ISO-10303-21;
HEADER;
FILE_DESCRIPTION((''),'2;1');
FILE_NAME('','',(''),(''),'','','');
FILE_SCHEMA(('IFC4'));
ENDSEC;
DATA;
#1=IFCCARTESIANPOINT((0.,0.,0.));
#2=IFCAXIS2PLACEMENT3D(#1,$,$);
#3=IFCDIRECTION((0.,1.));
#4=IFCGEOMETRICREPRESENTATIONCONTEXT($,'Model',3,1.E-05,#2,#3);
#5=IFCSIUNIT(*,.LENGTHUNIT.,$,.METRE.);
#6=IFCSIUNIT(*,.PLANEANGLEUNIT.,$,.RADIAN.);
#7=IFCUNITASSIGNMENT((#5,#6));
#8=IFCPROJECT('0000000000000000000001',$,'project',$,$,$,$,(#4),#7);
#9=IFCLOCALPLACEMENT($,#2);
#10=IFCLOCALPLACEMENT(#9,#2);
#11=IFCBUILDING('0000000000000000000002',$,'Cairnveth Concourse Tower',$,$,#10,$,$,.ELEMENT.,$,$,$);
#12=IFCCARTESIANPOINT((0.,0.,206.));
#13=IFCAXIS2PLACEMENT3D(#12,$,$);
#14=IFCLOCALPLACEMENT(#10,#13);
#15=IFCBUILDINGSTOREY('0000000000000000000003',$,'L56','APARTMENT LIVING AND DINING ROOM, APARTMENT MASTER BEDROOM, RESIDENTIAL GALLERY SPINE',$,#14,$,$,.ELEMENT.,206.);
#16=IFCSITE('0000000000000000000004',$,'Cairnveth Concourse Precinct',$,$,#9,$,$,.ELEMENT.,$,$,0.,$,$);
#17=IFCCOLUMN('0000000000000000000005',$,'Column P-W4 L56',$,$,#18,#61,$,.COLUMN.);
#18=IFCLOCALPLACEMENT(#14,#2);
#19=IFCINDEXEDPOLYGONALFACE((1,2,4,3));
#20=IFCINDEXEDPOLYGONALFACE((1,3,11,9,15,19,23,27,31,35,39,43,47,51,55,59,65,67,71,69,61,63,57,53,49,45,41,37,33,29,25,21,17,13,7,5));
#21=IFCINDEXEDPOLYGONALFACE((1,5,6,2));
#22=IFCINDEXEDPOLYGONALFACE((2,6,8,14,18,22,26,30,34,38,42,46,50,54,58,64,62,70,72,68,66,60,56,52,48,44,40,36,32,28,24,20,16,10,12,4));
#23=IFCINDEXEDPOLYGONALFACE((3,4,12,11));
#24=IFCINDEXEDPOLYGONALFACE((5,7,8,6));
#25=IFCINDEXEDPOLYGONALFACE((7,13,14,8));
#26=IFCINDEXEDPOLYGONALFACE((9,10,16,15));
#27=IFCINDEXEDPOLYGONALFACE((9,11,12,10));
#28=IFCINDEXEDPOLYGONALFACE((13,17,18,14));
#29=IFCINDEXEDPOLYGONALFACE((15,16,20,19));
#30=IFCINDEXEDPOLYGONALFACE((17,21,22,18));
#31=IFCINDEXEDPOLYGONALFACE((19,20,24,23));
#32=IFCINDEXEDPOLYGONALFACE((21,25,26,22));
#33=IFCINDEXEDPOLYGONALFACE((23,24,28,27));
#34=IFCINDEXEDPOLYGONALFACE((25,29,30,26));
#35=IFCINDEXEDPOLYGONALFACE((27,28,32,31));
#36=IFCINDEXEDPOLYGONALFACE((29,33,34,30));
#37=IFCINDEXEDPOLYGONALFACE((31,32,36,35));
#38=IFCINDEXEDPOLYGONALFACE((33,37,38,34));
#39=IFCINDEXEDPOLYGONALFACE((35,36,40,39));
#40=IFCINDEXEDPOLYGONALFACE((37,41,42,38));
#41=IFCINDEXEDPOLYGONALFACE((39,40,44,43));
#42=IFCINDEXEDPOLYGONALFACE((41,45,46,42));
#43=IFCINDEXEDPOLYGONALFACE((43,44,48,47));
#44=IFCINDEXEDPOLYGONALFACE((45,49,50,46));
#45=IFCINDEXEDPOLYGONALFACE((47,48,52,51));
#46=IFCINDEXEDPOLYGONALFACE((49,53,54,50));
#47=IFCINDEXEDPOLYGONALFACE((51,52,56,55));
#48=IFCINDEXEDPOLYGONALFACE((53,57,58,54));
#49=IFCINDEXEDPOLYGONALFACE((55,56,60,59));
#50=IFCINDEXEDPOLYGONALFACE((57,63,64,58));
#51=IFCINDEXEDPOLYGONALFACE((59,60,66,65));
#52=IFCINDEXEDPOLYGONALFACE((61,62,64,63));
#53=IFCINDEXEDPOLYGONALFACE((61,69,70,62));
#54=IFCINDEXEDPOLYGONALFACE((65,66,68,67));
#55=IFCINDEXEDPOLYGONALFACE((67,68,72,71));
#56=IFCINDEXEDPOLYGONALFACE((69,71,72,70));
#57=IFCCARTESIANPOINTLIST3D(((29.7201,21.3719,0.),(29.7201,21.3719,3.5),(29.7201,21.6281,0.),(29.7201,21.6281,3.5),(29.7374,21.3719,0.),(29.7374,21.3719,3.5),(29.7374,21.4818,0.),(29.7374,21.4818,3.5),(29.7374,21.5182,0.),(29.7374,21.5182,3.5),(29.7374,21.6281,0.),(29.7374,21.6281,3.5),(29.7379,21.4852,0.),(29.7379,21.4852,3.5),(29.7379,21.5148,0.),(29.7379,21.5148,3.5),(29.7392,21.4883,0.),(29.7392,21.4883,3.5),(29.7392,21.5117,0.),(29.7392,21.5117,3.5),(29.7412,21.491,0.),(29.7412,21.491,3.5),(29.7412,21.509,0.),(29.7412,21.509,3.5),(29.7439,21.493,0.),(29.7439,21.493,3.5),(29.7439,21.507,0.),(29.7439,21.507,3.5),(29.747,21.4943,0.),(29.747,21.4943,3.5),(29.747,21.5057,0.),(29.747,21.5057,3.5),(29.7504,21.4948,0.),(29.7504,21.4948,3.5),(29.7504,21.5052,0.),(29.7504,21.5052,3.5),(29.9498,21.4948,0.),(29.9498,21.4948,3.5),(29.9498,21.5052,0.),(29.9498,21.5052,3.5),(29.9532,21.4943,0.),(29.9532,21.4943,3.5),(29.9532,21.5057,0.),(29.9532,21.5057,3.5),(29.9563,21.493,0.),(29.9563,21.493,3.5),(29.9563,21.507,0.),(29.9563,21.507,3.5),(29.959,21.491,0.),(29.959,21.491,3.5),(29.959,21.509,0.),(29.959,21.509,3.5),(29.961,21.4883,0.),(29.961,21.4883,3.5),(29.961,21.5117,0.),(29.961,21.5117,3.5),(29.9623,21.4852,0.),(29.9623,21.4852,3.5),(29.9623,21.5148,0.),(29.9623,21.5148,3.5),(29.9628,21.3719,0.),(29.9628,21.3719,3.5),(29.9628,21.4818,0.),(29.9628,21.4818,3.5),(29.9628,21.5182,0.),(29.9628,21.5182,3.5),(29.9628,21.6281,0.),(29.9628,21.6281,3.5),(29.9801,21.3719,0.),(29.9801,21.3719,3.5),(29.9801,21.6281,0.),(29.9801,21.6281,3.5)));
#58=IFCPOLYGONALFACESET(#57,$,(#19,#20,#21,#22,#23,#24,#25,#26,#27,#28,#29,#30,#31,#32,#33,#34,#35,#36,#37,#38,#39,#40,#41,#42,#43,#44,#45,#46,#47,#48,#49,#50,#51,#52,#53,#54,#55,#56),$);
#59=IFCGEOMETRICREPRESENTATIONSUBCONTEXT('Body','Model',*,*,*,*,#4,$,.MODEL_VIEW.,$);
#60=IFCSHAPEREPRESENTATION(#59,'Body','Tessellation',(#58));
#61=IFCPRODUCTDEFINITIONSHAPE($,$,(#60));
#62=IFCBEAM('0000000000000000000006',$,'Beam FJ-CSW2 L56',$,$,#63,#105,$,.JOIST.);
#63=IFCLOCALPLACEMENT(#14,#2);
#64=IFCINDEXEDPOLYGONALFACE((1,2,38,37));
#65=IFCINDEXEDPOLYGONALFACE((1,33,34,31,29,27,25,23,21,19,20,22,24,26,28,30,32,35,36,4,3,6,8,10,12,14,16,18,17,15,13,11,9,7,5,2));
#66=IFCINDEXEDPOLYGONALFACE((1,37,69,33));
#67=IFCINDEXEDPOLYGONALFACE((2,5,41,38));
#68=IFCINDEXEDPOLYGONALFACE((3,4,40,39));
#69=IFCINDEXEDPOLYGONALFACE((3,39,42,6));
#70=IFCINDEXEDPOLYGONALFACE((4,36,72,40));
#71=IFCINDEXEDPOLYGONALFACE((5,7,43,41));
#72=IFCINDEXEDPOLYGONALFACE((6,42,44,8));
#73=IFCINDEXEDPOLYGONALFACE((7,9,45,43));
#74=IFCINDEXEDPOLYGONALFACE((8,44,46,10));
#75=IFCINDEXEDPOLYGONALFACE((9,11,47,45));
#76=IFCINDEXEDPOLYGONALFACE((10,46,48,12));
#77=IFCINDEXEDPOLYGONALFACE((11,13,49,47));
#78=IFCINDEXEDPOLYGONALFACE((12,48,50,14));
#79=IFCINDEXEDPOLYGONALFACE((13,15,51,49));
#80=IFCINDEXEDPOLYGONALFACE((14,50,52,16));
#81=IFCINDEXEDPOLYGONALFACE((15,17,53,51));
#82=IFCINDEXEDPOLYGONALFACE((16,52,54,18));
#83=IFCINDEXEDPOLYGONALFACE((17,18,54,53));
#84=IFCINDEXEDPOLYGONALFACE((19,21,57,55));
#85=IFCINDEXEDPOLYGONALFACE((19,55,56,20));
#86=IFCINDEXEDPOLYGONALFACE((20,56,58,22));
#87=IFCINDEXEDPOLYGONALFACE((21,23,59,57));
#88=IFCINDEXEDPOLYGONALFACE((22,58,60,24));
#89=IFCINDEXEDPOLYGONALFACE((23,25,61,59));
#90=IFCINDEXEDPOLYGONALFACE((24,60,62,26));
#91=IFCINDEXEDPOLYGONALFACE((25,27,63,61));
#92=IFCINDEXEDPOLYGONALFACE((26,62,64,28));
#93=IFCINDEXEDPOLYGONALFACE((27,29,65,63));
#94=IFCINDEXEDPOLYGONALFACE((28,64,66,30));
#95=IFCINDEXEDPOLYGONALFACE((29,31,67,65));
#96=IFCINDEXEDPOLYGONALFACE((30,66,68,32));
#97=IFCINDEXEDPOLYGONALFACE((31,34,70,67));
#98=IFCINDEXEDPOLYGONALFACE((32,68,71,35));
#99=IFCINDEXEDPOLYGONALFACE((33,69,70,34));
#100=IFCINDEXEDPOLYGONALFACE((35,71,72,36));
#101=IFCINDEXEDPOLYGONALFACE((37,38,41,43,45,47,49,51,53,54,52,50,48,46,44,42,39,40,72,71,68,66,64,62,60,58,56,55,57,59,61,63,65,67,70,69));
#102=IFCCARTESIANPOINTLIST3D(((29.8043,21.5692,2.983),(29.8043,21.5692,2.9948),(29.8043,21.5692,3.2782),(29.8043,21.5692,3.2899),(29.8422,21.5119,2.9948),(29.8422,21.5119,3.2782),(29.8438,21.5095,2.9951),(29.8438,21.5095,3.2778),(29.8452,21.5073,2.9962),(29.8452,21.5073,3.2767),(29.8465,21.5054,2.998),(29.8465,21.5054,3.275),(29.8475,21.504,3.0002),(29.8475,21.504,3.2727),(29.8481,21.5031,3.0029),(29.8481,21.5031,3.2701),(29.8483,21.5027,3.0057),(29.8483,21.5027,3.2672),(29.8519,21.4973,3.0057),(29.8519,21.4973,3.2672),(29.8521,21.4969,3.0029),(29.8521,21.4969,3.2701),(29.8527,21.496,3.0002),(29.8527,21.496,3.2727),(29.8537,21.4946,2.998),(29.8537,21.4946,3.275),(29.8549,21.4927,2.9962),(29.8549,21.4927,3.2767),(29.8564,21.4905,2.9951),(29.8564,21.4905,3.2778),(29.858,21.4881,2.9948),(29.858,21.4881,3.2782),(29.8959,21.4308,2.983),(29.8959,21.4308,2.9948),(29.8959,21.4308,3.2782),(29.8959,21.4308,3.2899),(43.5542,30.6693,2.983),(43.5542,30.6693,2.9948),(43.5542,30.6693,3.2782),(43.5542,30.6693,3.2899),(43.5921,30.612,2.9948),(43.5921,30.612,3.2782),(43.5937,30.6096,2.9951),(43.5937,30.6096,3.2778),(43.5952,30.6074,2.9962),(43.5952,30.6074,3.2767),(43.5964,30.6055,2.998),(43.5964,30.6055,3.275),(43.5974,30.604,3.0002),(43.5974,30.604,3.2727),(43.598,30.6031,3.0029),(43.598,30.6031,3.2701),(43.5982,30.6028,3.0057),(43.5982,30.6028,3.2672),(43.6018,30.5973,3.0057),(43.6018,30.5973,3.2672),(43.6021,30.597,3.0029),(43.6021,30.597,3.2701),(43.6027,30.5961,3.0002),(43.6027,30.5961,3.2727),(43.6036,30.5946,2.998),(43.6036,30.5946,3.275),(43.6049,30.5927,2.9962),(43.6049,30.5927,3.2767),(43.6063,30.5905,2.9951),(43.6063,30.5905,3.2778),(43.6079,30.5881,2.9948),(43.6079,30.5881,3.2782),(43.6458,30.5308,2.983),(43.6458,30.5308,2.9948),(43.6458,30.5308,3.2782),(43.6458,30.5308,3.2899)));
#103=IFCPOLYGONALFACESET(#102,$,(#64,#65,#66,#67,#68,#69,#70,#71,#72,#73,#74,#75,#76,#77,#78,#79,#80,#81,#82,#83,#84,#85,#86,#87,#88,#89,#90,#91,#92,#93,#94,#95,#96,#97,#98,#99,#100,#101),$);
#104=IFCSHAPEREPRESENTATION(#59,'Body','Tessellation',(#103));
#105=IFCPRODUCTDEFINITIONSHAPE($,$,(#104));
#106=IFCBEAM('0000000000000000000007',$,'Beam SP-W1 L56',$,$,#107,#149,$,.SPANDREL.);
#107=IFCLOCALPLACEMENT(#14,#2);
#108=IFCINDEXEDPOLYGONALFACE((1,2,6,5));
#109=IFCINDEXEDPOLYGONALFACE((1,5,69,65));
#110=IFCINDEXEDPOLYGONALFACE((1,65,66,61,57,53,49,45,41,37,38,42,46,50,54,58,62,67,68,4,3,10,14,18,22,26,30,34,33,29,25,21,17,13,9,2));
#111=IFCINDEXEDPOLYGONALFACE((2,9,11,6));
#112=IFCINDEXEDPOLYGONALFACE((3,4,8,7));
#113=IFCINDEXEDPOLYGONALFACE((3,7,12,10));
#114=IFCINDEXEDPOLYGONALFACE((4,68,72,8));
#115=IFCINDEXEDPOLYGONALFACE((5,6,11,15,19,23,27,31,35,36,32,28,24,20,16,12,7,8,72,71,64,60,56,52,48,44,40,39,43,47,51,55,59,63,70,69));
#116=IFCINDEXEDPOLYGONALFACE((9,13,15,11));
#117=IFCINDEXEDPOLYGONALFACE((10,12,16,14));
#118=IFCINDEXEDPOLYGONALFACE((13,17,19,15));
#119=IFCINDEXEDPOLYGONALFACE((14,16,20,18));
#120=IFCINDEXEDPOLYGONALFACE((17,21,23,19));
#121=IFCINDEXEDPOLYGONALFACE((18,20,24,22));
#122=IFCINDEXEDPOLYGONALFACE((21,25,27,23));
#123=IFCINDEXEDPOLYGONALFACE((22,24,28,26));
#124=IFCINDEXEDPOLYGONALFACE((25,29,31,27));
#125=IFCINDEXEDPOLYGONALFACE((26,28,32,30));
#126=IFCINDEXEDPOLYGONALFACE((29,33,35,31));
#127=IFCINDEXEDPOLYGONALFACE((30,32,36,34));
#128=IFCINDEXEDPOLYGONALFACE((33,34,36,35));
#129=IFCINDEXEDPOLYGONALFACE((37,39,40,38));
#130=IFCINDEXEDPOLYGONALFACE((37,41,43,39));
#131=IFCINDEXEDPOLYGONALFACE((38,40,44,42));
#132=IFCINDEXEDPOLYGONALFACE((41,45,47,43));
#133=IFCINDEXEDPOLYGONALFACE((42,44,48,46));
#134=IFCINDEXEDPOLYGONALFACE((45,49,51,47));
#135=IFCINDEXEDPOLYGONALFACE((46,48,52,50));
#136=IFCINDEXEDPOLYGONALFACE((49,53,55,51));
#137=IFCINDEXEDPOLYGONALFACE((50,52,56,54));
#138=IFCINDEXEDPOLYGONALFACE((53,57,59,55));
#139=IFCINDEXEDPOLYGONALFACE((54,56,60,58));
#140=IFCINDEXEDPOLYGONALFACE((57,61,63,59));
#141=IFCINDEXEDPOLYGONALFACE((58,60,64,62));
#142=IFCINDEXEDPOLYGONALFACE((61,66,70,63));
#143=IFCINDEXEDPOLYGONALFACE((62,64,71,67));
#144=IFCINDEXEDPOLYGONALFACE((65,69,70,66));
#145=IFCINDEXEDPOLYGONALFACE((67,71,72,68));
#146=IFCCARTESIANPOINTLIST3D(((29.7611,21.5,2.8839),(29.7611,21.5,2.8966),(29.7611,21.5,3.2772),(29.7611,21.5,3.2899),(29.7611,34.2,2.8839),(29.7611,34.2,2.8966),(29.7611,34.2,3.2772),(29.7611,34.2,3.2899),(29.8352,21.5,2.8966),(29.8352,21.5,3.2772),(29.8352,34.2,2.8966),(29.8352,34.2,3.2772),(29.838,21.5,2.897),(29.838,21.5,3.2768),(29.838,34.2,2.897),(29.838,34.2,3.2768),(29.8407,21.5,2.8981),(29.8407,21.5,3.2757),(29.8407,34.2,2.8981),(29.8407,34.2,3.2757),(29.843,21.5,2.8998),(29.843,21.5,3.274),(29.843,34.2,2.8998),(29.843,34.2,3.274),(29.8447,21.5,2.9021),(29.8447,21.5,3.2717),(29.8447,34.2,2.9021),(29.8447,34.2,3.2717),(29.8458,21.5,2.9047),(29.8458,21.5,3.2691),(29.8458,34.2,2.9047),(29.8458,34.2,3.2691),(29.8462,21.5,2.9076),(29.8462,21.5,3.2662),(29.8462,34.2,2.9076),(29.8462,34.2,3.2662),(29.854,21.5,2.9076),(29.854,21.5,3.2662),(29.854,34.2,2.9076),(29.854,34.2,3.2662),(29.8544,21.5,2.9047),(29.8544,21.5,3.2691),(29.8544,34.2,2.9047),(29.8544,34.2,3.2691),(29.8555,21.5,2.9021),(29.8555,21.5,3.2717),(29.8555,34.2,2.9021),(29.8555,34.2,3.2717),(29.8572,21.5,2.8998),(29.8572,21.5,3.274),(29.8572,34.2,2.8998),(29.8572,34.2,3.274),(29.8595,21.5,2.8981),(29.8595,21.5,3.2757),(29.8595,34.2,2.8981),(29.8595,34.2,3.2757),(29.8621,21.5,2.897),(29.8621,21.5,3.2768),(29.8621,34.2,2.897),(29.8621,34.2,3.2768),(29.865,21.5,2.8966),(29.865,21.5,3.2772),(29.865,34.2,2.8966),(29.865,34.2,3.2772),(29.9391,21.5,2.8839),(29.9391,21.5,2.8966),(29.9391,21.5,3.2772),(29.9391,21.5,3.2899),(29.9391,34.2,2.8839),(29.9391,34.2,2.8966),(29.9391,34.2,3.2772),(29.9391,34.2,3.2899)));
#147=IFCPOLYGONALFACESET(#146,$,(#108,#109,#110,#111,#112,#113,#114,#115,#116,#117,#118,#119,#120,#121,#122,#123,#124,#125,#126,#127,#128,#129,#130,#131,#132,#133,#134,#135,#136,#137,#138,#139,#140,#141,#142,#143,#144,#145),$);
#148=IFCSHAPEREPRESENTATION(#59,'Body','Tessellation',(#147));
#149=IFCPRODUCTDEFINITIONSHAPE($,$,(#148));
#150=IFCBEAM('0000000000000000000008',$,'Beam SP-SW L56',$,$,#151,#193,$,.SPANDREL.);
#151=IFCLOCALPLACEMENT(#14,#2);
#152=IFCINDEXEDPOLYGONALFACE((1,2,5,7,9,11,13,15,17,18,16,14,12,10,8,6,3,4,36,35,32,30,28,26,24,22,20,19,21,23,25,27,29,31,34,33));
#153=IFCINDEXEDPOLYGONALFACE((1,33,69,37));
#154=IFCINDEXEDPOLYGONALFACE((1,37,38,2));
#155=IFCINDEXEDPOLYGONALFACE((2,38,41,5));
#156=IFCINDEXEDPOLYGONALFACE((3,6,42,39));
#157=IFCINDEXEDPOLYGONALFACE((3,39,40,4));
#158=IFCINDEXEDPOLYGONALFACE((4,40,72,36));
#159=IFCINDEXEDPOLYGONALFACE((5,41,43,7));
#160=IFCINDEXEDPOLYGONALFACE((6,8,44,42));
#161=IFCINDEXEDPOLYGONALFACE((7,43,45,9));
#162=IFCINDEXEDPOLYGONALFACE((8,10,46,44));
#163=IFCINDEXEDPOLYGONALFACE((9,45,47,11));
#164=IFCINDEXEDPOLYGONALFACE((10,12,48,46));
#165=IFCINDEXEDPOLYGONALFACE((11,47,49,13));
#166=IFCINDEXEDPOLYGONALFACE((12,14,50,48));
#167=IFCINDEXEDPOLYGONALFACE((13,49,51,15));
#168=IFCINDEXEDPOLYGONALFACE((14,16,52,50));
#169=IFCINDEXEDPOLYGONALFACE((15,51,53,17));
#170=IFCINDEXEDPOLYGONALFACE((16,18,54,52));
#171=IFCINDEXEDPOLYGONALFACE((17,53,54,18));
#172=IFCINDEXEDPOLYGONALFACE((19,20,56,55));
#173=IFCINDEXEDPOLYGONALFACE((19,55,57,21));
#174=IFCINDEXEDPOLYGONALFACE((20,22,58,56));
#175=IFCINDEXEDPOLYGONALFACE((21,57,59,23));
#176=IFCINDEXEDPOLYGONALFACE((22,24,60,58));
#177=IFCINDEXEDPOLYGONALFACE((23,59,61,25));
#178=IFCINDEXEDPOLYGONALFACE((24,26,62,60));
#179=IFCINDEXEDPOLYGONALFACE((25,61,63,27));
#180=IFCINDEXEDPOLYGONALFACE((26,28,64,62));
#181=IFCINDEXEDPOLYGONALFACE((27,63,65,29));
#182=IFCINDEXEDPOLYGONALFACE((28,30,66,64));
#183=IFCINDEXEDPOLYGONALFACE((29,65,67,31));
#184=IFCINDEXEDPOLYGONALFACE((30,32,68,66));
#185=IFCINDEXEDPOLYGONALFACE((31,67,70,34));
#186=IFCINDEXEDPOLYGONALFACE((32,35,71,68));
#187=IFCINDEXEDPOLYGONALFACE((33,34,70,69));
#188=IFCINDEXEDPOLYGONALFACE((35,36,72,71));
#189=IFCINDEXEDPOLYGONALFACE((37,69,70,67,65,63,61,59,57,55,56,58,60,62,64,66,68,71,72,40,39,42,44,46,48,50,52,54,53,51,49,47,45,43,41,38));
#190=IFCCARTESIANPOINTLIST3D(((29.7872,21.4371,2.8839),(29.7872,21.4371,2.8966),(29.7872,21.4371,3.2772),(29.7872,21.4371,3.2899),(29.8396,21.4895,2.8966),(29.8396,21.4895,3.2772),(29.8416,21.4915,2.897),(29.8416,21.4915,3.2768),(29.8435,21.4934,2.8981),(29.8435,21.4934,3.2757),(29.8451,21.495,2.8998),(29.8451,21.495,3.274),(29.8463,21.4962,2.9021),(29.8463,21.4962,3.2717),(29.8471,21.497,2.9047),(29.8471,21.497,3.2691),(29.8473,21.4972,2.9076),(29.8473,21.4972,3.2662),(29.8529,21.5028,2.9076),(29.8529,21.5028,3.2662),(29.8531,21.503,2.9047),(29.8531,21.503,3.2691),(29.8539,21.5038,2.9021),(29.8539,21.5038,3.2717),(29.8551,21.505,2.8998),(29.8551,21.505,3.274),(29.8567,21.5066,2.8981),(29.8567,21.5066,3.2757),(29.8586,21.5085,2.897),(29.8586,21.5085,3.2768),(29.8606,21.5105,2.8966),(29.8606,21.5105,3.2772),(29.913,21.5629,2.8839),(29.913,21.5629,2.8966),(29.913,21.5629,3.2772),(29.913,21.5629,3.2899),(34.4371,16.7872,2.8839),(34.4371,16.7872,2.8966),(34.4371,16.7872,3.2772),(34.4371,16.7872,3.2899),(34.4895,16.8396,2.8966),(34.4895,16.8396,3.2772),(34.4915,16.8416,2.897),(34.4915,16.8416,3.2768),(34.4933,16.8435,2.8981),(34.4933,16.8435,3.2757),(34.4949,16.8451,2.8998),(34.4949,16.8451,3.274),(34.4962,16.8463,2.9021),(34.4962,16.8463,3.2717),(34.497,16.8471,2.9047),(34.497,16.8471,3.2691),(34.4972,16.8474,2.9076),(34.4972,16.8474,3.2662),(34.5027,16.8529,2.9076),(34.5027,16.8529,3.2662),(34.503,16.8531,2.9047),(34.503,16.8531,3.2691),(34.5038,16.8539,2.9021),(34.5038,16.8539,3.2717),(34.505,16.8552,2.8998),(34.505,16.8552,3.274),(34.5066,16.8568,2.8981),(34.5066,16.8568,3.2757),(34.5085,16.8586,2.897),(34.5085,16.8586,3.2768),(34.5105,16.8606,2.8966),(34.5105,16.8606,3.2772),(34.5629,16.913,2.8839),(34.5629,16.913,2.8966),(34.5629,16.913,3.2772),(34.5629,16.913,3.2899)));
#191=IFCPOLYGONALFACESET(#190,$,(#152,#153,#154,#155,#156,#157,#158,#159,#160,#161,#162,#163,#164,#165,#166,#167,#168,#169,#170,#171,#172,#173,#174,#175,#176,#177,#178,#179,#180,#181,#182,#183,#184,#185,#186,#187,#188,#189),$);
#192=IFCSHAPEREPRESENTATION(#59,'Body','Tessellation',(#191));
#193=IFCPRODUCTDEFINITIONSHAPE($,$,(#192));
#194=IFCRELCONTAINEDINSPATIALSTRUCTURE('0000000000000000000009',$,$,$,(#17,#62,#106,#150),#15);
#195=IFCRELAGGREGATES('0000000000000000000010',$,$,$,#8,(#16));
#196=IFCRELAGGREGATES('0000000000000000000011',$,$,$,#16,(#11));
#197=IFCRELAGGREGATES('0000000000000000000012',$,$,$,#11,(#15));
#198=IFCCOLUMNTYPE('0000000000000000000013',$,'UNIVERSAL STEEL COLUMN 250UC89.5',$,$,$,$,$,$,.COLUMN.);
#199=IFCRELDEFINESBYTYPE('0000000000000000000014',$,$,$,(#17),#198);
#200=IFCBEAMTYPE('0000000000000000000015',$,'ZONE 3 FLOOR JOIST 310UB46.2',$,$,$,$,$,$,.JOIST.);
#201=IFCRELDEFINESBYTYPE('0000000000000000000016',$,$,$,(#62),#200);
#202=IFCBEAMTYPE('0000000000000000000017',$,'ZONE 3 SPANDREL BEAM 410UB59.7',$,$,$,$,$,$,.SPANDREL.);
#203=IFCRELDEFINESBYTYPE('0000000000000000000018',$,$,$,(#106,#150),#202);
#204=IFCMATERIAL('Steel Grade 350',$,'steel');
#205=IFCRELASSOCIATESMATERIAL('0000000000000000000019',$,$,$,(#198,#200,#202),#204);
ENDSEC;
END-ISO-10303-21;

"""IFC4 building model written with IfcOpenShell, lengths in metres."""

from ifc_helpers import new_model, si_unit, direction, frame, origin, origin_2d, place, context, subcontext, project, spatial, i_section, extrude, material, material_profile, profile_set, type_object, element, save


model = new_model("IFC4")

# Units and contexts
model_context = context("Model", 3, precision=1e-05, world=origin(), true_north=direction((0.0, 1.0)))
body_context = subcontext(model_context, "Body", "Model", "MODEL_VIEW")
ifc_project = project(units=[si_unit("LENGTHUNIT", "METRE"), si_unit("PLANEANGLEUNIT", "RADIAN")], contexts=[model_context])

# Site, building, storey
site_placement = place(None, origin())
site = spatial("IfcSite", under=ifc_project, at=site_placement, Name="Cairnveth Concourse Precinct", CompositionType="ELEMENT", RefElevation=0.0)
building_placement = place(site_placement, origin())
building = spatial("IfcBuilding", under=site, at=building_placement, Name="Cairnveth Concourse Tower", CompositionType="ELEMENT")
storey_placement = place(building_placement, frame((0.0, 0.0, 206.0)))
storey = spatial("IfcBuildingStorey", under=building, at=storey_placement, Name="L56", Description="APARTMENT LIVING AND DINING ROOM, APARTMENT MASTER BEDROOM, RESIDENTIAL GALLERY SPINE", CompositionType="ELEMENT", Elevation=206.0)

# Column
ifc_material_1 = material(Name="Steel Grade 350", Category="steel")
ifc_material_profile_1 = material_profile(ifc_material_1, i_section(OverallWidth=0.2561, OverallDepth=0.26, WebThickness=0.0105, FlangeThickness=0.0173, FilletRadius=0.0129, at=origin_2d()), Name="250UC89.5")
ifc_profile_set_1 = profile_set([ifc_material_profile_1], Name="Steel Grade 350")
column_type = type_object("IfcColumnType", Name="UNIVERSAL STEEL COLUMN 250UC89.5", PredefinedType="COLUMN", material=ifc_profile_set_1)
column_placement = place(storey_placement, frame((29.8501, 21.5, 0.0), z_axis=(0.0, 0.0, 1.0), x_axis=(0.0, 1.0, 0.0)))
element("IfcColumn", 1, at=column_placement, inside=storey, type_object=column_type, Name="Column P-W4 L56", PredefinedType="COLUMN", context=body_context, shape_type="SweptSolid", body=[
    extrude(i_section(OverallWidth=0.2561, OverallDepth=0.26, WebThickness=0.0105, FlangeThickness=0.0173, FilletRadius=0.0129, at=origin_2d()), origin(), (0.0, 0.0, 1.0), 3.5),
])

# Beams
ifc_material_profile_2 = material_profile(ifc_material_1, i_section(OverallWidth=0.166, OverallDepth=0.3069, WebThickness=0.0066, FlangeThickness=0.0117, FilletRadius=0.011, at=origin_2d()), Name="310UB46.2")
ifc_profile_set_2 = profile_set([ifc_material_profile_2], Name="Steel Grade 350")
beam_type_1 = type_object("IfcBeamType", Name="ZONE 3 FLOOR JOIST 310UB46.2", PredefinedType="JOIST", material=ifc_profile_set_2)
beam_1_placement = place(storey_placement, frame((29.8501, 21.5, 3.1365), z_axis=(0.833909, 0.551902, 0.0), x_axis=(-0.551902, 0.833909, 0.0)))
element("IfcBeam", 2, at=beam_1_placement, inside=storey, type_object=beam_type_1, Name="Beam FJ-CSW2 L56", PredefinedType="JOIST", context=body_context, shape_type="SweptSolid", body=[
    extrude(i_section(OverallWidth=0.166, OverallDepth=0.3069, WebThickness=0.0066, FlangeThickness=0.0117, FilletRadius=0.011, at=origin_2d()), origin(), (0.0, 0.0, 1.0), 16.4885),
])
ifc_material_profile_3 = material_profile(ifc_material_1, i_section(OverallWidth=0.178, OverallDepth=0.406, WebThickness=0.0078, FlangeThickness=0.0127, FilletRadius=0.011, at=origin_2d()), Name="410UB59.7")
ifc_profile_set_3 = profile_set([ifc_material_profile_3], Name="Steel Grade 350")
beam_type_2 = type_object("IfcBeamType", Name="ZONE 3 SPANDREL BEAM 410UB59.7", PredefinedType="SPANDREL", material=ifc_profile_set_3)
beam_2_placement = place(storey_placement, frame((29.8501, 21.5, 3.0869), z_axis=(0.0, 1.0, 0.0), x_axis=(-1.0, 0.0, 0.0)))
element("IfcBeam", 3, at=beam_2_placement, inside=storey, type_object=beam_type_2, Name="Beam SP-W1 L56", PredefinedType="SPANDREL", context=body_context, shape_type="SweptSolid", body=[
    extrude(i_section(OverallWidth=0.178, OverallDepth=0.406, WebThickness=0.0078, FlangeThickness=0.0127, FilletRadius=0.011, at=origin_2d()), origin(), (0.0, 0.0, 1.0), 12.7),
])
beam_3_placement = place(storey_placement, frame((29.8501, 21.5, 3.0869), z_axis=(0.707107, -0.707107, 0.0), x_axis=(0.707107, 0.707107, 0.0)))
element("IfcBeam", 4, at=beam_3_placement, inside=storey, type_object=beam_type_2, Name="Beam SP-SW L56", PredefinedType="SPANDREL", context=body_context, shape_type="SweptSolid", body=[
    extrude(i_section(OverallWidth=0.178, OverallDepth=0.406, WebThickness=0.0078, FlangeThickness=0.0127, FilletRadius=0.011, at=origin_2d()), origin(), (0.0, 0.0, 1.0), 6.5759),
])

save(model, "model.ifc")
